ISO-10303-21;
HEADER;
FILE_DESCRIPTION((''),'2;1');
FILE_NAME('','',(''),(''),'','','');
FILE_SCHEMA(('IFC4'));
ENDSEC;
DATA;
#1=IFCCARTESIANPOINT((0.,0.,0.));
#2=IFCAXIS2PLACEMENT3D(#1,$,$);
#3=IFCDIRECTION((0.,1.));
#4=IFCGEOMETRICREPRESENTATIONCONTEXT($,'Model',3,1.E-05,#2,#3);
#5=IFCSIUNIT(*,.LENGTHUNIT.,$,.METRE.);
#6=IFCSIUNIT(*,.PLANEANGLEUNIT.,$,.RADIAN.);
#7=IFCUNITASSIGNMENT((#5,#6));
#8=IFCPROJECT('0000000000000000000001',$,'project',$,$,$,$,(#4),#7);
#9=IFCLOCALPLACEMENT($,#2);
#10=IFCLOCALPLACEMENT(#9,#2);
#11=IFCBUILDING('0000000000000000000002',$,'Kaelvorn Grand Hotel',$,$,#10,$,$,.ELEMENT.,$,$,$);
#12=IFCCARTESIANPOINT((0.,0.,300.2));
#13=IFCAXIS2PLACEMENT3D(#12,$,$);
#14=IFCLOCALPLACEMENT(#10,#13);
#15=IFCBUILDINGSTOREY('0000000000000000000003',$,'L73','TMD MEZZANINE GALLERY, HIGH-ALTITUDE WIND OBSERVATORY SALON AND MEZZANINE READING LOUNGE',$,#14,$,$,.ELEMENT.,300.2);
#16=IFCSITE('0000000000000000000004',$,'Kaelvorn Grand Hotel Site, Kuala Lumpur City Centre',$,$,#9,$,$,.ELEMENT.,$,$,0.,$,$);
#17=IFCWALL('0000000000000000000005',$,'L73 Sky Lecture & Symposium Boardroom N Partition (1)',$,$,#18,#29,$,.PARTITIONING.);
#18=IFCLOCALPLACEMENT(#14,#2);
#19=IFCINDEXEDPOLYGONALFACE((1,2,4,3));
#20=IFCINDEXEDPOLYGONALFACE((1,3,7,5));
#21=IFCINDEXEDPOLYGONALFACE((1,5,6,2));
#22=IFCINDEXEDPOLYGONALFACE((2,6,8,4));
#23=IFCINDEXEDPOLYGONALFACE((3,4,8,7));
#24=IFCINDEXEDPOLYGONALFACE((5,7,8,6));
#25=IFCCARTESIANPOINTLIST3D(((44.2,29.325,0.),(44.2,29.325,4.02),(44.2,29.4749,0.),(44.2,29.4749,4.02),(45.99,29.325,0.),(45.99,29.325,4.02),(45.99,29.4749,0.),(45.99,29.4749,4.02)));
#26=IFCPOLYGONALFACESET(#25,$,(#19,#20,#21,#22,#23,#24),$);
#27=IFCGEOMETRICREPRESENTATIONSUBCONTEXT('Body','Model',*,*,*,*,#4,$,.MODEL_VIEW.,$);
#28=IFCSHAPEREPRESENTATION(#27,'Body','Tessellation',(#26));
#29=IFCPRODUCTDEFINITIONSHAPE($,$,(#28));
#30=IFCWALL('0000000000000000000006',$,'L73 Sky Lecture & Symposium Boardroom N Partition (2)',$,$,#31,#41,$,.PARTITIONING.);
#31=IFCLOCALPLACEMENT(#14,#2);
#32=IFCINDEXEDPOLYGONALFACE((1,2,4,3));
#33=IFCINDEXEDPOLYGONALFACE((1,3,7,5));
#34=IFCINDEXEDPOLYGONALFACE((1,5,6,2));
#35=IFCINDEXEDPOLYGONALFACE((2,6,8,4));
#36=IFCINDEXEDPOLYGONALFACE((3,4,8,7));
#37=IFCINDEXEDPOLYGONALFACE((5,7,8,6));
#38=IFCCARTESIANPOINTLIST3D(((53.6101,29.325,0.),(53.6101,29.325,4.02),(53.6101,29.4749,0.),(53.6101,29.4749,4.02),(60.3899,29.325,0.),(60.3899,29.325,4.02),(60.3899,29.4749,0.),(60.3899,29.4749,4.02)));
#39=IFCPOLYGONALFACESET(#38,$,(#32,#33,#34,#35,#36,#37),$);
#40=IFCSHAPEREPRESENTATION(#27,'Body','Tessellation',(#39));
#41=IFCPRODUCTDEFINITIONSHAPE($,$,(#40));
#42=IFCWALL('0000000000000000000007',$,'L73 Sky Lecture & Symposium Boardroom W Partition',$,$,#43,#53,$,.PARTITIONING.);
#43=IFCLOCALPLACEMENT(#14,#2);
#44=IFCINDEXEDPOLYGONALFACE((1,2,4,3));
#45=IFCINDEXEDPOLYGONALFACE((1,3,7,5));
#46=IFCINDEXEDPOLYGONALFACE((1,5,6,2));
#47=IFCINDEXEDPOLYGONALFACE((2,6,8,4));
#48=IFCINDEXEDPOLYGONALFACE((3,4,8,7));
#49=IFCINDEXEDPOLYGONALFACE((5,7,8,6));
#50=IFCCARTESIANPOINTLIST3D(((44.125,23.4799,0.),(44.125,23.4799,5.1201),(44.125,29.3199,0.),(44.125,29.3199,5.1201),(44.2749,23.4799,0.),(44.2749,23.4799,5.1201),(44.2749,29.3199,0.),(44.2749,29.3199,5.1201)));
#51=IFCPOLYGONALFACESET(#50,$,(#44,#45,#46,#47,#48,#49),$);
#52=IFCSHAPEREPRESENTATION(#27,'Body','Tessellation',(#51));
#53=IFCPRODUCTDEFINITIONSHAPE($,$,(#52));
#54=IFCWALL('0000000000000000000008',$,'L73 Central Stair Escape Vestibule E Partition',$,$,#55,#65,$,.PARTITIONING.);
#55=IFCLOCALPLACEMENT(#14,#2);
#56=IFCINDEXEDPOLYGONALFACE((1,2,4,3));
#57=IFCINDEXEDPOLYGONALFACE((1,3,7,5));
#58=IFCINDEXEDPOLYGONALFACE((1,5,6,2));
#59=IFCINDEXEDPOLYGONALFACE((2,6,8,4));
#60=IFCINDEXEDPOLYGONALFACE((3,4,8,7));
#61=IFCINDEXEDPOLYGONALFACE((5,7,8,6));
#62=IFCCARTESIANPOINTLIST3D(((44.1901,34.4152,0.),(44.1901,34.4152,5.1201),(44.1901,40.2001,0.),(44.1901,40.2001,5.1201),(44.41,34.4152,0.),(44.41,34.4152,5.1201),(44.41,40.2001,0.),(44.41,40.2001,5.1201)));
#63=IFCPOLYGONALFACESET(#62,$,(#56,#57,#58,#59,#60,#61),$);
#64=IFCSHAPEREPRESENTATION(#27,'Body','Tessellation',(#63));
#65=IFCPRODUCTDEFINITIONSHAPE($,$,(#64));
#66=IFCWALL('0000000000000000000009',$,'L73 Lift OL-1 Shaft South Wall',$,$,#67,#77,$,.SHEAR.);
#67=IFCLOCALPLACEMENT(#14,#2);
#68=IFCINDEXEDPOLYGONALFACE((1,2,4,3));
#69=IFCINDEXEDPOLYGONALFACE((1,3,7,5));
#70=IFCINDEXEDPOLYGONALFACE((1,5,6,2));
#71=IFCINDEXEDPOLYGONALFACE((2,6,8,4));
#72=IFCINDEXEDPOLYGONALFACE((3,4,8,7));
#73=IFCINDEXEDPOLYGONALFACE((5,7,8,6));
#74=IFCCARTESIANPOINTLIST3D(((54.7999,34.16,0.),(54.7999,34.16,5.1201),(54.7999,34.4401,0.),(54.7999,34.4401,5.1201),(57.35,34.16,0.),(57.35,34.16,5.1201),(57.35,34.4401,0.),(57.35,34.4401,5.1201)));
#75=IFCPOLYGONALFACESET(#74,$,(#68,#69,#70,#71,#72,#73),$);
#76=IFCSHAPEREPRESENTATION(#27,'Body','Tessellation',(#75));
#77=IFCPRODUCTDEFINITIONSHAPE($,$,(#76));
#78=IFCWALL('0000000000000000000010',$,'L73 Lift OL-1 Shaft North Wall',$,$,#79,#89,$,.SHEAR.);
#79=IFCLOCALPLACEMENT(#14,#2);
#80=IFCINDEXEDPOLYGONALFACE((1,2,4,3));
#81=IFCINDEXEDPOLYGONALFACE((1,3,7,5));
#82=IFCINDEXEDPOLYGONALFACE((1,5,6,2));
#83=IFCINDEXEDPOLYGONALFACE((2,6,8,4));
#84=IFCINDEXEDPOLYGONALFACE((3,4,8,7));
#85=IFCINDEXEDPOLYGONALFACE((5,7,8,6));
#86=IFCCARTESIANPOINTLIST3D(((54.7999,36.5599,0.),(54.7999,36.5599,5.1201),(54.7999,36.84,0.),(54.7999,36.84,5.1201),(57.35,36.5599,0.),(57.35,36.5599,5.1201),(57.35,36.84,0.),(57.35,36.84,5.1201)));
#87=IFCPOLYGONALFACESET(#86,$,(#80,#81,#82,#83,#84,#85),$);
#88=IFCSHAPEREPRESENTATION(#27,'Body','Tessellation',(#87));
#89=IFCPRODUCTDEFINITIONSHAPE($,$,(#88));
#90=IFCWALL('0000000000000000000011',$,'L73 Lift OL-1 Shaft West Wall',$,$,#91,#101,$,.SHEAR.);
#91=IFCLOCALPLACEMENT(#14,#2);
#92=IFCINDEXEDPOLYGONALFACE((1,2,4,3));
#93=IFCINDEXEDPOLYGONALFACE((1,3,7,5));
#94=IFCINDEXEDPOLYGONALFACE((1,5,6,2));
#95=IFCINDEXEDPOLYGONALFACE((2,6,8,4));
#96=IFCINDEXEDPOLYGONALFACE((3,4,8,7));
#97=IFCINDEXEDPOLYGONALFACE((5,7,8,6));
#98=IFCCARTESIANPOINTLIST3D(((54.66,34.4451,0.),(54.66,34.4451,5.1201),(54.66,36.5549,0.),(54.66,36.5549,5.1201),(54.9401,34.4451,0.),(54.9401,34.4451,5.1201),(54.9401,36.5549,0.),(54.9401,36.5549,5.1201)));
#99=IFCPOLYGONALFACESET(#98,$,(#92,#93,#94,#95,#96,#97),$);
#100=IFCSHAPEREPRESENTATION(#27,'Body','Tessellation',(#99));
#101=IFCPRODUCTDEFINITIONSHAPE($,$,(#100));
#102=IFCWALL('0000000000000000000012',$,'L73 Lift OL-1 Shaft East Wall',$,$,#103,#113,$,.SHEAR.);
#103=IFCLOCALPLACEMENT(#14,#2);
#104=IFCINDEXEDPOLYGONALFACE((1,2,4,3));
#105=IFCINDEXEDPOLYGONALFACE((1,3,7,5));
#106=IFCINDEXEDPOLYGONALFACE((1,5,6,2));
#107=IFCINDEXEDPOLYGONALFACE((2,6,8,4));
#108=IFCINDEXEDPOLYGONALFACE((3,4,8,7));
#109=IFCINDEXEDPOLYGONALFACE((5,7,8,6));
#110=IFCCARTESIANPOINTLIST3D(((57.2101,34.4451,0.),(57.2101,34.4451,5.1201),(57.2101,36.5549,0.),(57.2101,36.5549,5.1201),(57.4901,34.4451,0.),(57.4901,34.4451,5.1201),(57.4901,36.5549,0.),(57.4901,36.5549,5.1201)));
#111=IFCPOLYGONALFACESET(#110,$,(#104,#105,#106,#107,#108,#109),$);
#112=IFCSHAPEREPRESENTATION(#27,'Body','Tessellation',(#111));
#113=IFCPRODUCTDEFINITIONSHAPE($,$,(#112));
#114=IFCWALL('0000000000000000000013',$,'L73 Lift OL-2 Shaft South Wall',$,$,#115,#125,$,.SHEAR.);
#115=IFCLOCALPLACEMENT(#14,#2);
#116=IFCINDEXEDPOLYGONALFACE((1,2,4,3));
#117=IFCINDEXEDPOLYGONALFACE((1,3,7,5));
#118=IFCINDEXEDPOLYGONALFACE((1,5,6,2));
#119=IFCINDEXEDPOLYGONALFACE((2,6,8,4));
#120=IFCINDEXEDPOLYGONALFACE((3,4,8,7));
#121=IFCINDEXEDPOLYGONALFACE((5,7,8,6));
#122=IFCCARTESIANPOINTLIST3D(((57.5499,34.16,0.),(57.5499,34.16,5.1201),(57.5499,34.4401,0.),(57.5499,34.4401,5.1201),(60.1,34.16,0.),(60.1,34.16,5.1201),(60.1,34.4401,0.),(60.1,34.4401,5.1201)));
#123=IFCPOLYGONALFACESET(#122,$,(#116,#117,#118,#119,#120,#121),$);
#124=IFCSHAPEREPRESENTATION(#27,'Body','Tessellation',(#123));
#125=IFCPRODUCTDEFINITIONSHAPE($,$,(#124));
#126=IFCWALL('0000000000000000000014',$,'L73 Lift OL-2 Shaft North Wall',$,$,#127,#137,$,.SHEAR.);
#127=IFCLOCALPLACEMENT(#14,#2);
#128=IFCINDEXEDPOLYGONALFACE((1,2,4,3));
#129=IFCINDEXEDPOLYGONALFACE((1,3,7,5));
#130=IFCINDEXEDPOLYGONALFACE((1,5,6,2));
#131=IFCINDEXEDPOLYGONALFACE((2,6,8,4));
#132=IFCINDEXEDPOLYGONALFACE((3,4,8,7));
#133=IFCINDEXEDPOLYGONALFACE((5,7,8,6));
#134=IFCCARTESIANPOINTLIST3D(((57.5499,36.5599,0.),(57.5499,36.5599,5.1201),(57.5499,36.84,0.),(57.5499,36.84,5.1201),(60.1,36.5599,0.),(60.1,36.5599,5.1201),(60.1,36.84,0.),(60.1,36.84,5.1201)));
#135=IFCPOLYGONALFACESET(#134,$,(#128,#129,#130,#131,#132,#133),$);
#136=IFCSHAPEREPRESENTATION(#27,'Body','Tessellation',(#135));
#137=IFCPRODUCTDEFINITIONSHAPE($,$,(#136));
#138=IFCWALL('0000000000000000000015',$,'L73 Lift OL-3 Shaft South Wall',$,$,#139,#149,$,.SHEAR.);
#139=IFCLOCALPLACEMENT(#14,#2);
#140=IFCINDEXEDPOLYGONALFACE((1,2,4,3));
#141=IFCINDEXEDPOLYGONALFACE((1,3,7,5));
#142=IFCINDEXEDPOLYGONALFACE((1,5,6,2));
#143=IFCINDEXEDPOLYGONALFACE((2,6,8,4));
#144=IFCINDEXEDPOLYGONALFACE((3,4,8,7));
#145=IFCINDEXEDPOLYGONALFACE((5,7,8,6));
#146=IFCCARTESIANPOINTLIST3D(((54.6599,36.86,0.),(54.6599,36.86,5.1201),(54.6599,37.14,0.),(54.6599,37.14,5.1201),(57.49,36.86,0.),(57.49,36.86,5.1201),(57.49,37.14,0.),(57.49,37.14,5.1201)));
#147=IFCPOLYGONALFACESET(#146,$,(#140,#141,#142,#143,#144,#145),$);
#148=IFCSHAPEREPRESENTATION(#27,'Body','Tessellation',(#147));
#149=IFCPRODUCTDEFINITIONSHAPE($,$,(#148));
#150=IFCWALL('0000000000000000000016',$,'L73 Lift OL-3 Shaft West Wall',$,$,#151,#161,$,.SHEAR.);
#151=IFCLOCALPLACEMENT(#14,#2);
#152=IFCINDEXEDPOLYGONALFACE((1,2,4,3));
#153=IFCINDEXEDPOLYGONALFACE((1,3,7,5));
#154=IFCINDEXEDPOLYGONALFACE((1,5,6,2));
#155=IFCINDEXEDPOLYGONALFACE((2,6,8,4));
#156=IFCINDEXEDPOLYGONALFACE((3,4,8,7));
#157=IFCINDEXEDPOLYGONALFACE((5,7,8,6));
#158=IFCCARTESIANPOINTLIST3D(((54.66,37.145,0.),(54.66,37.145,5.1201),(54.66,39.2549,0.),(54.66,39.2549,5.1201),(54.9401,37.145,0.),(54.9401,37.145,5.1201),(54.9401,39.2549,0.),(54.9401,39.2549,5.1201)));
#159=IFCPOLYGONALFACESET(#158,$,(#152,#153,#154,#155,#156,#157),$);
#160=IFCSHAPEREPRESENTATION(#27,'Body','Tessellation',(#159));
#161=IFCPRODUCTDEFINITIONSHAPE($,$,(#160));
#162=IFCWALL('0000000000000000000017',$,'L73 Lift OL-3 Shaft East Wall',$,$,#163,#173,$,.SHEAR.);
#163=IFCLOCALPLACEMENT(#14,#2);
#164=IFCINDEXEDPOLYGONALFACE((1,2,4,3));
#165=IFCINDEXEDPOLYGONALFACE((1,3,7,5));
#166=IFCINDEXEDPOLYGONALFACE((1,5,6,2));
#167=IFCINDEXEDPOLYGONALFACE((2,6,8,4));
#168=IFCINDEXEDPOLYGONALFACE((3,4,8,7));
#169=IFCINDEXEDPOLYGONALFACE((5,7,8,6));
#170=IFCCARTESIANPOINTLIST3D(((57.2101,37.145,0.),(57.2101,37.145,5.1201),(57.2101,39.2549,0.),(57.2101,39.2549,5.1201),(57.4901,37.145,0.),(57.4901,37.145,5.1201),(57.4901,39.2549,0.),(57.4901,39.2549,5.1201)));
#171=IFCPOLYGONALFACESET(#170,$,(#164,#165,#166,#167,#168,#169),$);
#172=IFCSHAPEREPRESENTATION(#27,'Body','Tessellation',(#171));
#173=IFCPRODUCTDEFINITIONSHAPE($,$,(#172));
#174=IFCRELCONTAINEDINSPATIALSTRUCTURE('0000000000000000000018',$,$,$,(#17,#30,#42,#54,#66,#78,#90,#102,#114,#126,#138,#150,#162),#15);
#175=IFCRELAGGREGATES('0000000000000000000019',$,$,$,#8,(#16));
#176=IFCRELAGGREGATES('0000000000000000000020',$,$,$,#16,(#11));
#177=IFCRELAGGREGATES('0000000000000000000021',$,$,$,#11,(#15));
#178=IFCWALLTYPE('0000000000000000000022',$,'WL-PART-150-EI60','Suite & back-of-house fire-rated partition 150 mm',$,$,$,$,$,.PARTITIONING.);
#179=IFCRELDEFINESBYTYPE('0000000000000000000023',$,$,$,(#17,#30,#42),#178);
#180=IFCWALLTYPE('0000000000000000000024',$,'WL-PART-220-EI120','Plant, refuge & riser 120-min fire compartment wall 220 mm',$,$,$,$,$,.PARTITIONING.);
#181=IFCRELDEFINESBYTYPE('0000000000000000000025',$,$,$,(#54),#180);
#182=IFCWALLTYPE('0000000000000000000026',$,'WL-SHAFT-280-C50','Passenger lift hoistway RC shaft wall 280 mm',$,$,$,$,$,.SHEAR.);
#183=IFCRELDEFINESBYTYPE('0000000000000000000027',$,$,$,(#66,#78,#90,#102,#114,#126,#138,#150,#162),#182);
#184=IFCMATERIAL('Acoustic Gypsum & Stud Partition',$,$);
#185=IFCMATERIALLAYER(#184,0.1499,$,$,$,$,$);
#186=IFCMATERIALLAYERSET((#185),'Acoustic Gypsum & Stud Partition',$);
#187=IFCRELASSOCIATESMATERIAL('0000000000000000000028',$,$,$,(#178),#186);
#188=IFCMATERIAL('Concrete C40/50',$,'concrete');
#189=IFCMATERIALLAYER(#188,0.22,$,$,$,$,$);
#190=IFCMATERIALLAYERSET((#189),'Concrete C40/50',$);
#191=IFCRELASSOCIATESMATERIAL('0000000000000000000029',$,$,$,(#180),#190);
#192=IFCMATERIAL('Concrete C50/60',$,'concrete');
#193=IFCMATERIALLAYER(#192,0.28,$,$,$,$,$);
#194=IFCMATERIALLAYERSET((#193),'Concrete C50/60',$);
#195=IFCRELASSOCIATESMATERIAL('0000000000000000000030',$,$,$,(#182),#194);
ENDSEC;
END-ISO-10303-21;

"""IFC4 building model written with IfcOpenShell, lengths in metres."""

from ifc_helpers import new_model, si_unit, direction, frame, frame_2d, origin, place, context, subcontext, project, spatial, rectangle, extrude, material, layer, layer_set, type_object, element, save


model = new_model("IFC4")

# Units and contexts
model_context = context("Model", 3, precision=1e-05, world=origin(), true_north=direction((0.0, 1.0)))
body_context = subcontext(model_context, "Body", "Model", "MODEL_VIEW")
ifc_project = project(units=[si_unit("LENGTHUNIT", "METRE"), si_unit("PLANEANGLEUNIT", "RADIAN")], contexts=[model_context])

# Site, building, storey
site_placement = place(None, origin())
site = spatial("IfcSite", under=ifc_project, at=site_placement, Name="Kaelvorn Grand Hotel Site, Kuala Lumpur City Centre", CompositionType="ELEMENT", RefElevation=0.0)
building_placement = place(site_placement, origin())
building = spatial("IfcBuilding", under=site, at=building_placement, Name="Kaelvorn Grand Hotel", CompositionType="ELEMENT")
storey_placement = place(building_placement, frame((0.0, 0.0, 300.2)))
storey = spatial("IfcBuildingStorey", under=building, at=storey_placement, Name="L73", Description="TMD MEZZANINE GALLERY, HIGH-ALTITUDE WIND OBSERVATORY SALON AND MEZZANINE READING LOUNGE", CompositionType="ELEMENT", Elevation=300.2)

# Shared definitions
ifc_material_1 = material(Name="Concrete C50/60", Category="concrete")

# Shared definitions
ifc_material_2 = material(Name="Acoustic Gypsum & Stud Partition")
ifc_layer_1 = layer(ifc_material_2, 0.1499)
ifc_layer_set_1 = layer_set([ifc_layer_1], Name="Acoustic Gypsum & Stud Partition")
wall_type_1 = type_object("IfcWallType", Name="WL-PART-150-EI60", Description="Suite & back-of-house fire-rated partition 150 mm", PredefinedType="PARTITIONING", material=ifc_layer_set_1)

# Walls
wall_1_placement = place(storey_placement, frame((44.2, 29.3999, 0.0), z_axis=(0.0, 0.0, 1.0), x_axis=(1.0, 0.0, 0.0)))
element("IfcWall", 1, at=wall_1_placement, inside=storey, type_object=wall_type_1, Name="L73 Sky Lecture & Symposium Boardroom N Partition (1)", PredefinedType="PARTITIONING", context=body_context, shape_type="SweptSolid", body=[
    extrude(rectangle(XDim=1.79, YDim=0.1499, at=frame_2d((0.895, 0.0))), origin(), (0.0, 0.0, 1.0), 4.02),
])
wall_2_placement = place(storey_placement, frame((53.6101, 29.3999, 0.0), z_axis=(0.0, 0.0, 1.0), x_axis=(1.0, 0.0, 0.0)))
element("IfcWall", 2, at=wall_2_placement, inside=storey, type_object=wall_type_1, Name="L73 Sky Lecture & Symposium Boardroom N Partition (2)", PredefinedType="PARTITIONING", context=body_context, shape_type="SweptSolid", body=[
    extrude(rectangle(XDim=6.7798, YDim=0.1499, at=frame_2d((3.3899, 0.0))), origin(), (0.0, 0.0, 1.0), 4.02),
])
wall_3_placement = place(storey_placement, frame((44.2, 23.48, 0.0), z_axis=(0.0, 0.0, 1.0), x_axis=(0.0, 1.0, 0.0)))
element("IfcWall", 3, at=wall_3_placement, inside=storey, type_object=wall_type_1, Name="L73 Sky Lecture & Symposium Boardroom W Partition", PredefinedType="PARTITIONING", context=body_context, shape_type="SweptSolid", body=[
    extrude(rectangle(XDim=5.8401, YDim=0.1499, at=frame_2d((2.9199, 0.0))), origin(), (0.0, 0.0, 1.0), 5.1201),
])
ifc_material_3 = material(Name="Concrete C40/50", Category="concrete")
ifc_layer_2 = layer(ifc_material_3, 0.22)
ifc_layer_set_2 = layer_set([ifc_layer_2], Name="Concrete C40/50")
wall_type_2 = type_object("IfcWallType", Name="WL-PART-220-EI120", Description="Plant, refuge & riser 120-min fire compartment wall 220 mm", PredefinedType="PARTITIONING", material=ifc_layer_set_2)
wall_4_placement = place(storey_placement, frame((44.3, 34.415, 0.0), z_axis=(0.0, 0.0, 1.0), x_axis=(0.0, 1.0, 0.0)))
element("IfcWall", 4, at=wall_4_placement, inside=storey, type_object=wall_type_2, Name="L73 Central Stair Escape Vestibule E Partition", PredefinedType="PARTITIONING", context=body_context, shape_type="SweptSolid", body=[
    extrude(rectangle(XDim=5.7849, YDim=0.22, at=frame_2d((2.8926, 0.0))), origin(), (0.0, 0.0, 1.0), 5.1201),
])
ifc_layer_3 = layer(ifc_material_1, 0.28)
ifc_layer_set_3 = layer_set([ifc_layer_3], Name="Concrete C50/60")
wall_type_3 = type_object("IfcWallType", Name="WL-SHAFT-280-C50", Description="Passenger lift hoistway RC shaft wall 280 mm", PredefinedType="SHEAR", material=ifc_layer_set_3)
for number, where, z_axis, x_axis, name in (
    (5, (54.8, 34.3, 0.0), (0.0, 0.0, 1.0), (1.0, 0.0, 0.0), "L73 Lift OL-1 Shaft South Wall"),
    (6, (54.8, 36.7, 0.0), (0.0, 0.0, 1.0), (1.0, 0.0, 0.0), "L73 Lift OL-1 Shaft North Wall"),
):
    element("IfcWall", number, at=place(storey_placement, frame(where, z_axis=z_axis, x_axis=x_axis)), inside=storey, type_object=wall_type_3, Name=name, PredefinedType="SHEAR", context=body_context, shape_type="SweptSolid", body=[
        extrude(rectangle(XDim=2.55, YDim=0.28, at=frame_2d((1.2749, 0.0))), origin(), (0.0, 0.0, 1.0), 5.1201),
    ])
for number, where, z_axis, x_axis, name in (
    (7, (54.8, 34.4451, 0.0), (0.0, 0.0, 1.0), (0.0, 1.0, 0.0), "L73 Lift OL-1 Shaft West Wall"),
    (8, (57.3501, 34.4451, 0.0), (0.0, 0.0, 1.0), (0.0, 1.0, 0.0), "L73 Lift OL-1 Shaft East Wall"),
):
    element("IfcWall", number, at=place(storey_placement, frame(where, z_axis=z_axis, x_axis=x_axis)), inside=storey, type_object=wall_type_3, Name=name, PredefinedType="SHEAR", context=body_context, shape_type="SweptSolid", body=[
        extrude(rectangle(XDim=2.1099, YDim=0.28, at=frame_2d((1.0549, 0.0))), origin(), (0.0, 0.0, 1.0), 5.1201),
    ])
for number, where, z_axis, x_axis, name in (
    (9, (57.55, 34.3, 0.0), (0.0, 0.0, 1.0), (1.0, 0.0, 0.0), "L73 Lift OL-2 Shaft South Wall"),
    (10, (57.55, 36.7, 0.0), (0.0, 0.0, 1.0), (1.0, 0.0, 0.0), "L73 Lift OL-2 Shaft North Wall"),
):
    element("IfcWall", number, at=place(storey_placement, frame(where, z_axis=z_axis, x_axis=x_axis)), inside=storey, type_object=wall_type_3, Name=name, PredefinedType="SHEAR", context=body_context, shape_type="SweptSolid", body=[
        extrude(rectangle(XDim=2.55, YDim=0.28, at=frame_2d((1.2749, 0.0))), origin(), (0.0, 0.0, 1.0), 5.1201),
    ])
wall_5_placement = place(storey_placement, frame((54.6599, 37.0, 0.0), z_axis=(0.0, 0.0, 1.0), x_axis=(1.0, 0.0, 0.0)))
element("IfcWall", 11, at=wall_5_placement, inside=storey, type_object=wall_type_3, Name="L73 Lift OL-3 Shaft South Wall", PredefinedType="SHEAR", context=body_context, shape_type="SweptSolid", body=[
    extrude(rectangle(XDim=2.8301, YDim=0.28, at=frame_2d((1.415, 0.0))), origin(), (0.0, 0.0, 1.0), 5.1201),
])
for number, where, z_axis, x_axis, name in (
    (12, (54.8, 37.145, 0.0), (0.0, 0.0, 1.0), (0.0, 1.0, 0.0), "L73 Lift OL-3 Shaft West Wall"),
    (13, (57.3501, 37.145, 0.0), (0.0, 0.0, 1.0), (0.0, 1.0, 0.0), "L73 Lift OL-3 Shaft East Wall"),
):
    element("IfcWall", number, at=place(storey_placement, frame(where, z_axis=z_axis, x_axis=x_axis)), inside=storey, type_object=wall_type_3, Name=name, PredefinedType="SHEAR", context=body_context, shape_type="SweptSolid", body=[
        extrude(rectangle(XDim=2.1099, YDim=0.28, at=frame_2d((1.0549, 0.0))), origin(), (0.0, 0.0, 1.0), 5.1201),
    ])

save(model, "model.ifc")
